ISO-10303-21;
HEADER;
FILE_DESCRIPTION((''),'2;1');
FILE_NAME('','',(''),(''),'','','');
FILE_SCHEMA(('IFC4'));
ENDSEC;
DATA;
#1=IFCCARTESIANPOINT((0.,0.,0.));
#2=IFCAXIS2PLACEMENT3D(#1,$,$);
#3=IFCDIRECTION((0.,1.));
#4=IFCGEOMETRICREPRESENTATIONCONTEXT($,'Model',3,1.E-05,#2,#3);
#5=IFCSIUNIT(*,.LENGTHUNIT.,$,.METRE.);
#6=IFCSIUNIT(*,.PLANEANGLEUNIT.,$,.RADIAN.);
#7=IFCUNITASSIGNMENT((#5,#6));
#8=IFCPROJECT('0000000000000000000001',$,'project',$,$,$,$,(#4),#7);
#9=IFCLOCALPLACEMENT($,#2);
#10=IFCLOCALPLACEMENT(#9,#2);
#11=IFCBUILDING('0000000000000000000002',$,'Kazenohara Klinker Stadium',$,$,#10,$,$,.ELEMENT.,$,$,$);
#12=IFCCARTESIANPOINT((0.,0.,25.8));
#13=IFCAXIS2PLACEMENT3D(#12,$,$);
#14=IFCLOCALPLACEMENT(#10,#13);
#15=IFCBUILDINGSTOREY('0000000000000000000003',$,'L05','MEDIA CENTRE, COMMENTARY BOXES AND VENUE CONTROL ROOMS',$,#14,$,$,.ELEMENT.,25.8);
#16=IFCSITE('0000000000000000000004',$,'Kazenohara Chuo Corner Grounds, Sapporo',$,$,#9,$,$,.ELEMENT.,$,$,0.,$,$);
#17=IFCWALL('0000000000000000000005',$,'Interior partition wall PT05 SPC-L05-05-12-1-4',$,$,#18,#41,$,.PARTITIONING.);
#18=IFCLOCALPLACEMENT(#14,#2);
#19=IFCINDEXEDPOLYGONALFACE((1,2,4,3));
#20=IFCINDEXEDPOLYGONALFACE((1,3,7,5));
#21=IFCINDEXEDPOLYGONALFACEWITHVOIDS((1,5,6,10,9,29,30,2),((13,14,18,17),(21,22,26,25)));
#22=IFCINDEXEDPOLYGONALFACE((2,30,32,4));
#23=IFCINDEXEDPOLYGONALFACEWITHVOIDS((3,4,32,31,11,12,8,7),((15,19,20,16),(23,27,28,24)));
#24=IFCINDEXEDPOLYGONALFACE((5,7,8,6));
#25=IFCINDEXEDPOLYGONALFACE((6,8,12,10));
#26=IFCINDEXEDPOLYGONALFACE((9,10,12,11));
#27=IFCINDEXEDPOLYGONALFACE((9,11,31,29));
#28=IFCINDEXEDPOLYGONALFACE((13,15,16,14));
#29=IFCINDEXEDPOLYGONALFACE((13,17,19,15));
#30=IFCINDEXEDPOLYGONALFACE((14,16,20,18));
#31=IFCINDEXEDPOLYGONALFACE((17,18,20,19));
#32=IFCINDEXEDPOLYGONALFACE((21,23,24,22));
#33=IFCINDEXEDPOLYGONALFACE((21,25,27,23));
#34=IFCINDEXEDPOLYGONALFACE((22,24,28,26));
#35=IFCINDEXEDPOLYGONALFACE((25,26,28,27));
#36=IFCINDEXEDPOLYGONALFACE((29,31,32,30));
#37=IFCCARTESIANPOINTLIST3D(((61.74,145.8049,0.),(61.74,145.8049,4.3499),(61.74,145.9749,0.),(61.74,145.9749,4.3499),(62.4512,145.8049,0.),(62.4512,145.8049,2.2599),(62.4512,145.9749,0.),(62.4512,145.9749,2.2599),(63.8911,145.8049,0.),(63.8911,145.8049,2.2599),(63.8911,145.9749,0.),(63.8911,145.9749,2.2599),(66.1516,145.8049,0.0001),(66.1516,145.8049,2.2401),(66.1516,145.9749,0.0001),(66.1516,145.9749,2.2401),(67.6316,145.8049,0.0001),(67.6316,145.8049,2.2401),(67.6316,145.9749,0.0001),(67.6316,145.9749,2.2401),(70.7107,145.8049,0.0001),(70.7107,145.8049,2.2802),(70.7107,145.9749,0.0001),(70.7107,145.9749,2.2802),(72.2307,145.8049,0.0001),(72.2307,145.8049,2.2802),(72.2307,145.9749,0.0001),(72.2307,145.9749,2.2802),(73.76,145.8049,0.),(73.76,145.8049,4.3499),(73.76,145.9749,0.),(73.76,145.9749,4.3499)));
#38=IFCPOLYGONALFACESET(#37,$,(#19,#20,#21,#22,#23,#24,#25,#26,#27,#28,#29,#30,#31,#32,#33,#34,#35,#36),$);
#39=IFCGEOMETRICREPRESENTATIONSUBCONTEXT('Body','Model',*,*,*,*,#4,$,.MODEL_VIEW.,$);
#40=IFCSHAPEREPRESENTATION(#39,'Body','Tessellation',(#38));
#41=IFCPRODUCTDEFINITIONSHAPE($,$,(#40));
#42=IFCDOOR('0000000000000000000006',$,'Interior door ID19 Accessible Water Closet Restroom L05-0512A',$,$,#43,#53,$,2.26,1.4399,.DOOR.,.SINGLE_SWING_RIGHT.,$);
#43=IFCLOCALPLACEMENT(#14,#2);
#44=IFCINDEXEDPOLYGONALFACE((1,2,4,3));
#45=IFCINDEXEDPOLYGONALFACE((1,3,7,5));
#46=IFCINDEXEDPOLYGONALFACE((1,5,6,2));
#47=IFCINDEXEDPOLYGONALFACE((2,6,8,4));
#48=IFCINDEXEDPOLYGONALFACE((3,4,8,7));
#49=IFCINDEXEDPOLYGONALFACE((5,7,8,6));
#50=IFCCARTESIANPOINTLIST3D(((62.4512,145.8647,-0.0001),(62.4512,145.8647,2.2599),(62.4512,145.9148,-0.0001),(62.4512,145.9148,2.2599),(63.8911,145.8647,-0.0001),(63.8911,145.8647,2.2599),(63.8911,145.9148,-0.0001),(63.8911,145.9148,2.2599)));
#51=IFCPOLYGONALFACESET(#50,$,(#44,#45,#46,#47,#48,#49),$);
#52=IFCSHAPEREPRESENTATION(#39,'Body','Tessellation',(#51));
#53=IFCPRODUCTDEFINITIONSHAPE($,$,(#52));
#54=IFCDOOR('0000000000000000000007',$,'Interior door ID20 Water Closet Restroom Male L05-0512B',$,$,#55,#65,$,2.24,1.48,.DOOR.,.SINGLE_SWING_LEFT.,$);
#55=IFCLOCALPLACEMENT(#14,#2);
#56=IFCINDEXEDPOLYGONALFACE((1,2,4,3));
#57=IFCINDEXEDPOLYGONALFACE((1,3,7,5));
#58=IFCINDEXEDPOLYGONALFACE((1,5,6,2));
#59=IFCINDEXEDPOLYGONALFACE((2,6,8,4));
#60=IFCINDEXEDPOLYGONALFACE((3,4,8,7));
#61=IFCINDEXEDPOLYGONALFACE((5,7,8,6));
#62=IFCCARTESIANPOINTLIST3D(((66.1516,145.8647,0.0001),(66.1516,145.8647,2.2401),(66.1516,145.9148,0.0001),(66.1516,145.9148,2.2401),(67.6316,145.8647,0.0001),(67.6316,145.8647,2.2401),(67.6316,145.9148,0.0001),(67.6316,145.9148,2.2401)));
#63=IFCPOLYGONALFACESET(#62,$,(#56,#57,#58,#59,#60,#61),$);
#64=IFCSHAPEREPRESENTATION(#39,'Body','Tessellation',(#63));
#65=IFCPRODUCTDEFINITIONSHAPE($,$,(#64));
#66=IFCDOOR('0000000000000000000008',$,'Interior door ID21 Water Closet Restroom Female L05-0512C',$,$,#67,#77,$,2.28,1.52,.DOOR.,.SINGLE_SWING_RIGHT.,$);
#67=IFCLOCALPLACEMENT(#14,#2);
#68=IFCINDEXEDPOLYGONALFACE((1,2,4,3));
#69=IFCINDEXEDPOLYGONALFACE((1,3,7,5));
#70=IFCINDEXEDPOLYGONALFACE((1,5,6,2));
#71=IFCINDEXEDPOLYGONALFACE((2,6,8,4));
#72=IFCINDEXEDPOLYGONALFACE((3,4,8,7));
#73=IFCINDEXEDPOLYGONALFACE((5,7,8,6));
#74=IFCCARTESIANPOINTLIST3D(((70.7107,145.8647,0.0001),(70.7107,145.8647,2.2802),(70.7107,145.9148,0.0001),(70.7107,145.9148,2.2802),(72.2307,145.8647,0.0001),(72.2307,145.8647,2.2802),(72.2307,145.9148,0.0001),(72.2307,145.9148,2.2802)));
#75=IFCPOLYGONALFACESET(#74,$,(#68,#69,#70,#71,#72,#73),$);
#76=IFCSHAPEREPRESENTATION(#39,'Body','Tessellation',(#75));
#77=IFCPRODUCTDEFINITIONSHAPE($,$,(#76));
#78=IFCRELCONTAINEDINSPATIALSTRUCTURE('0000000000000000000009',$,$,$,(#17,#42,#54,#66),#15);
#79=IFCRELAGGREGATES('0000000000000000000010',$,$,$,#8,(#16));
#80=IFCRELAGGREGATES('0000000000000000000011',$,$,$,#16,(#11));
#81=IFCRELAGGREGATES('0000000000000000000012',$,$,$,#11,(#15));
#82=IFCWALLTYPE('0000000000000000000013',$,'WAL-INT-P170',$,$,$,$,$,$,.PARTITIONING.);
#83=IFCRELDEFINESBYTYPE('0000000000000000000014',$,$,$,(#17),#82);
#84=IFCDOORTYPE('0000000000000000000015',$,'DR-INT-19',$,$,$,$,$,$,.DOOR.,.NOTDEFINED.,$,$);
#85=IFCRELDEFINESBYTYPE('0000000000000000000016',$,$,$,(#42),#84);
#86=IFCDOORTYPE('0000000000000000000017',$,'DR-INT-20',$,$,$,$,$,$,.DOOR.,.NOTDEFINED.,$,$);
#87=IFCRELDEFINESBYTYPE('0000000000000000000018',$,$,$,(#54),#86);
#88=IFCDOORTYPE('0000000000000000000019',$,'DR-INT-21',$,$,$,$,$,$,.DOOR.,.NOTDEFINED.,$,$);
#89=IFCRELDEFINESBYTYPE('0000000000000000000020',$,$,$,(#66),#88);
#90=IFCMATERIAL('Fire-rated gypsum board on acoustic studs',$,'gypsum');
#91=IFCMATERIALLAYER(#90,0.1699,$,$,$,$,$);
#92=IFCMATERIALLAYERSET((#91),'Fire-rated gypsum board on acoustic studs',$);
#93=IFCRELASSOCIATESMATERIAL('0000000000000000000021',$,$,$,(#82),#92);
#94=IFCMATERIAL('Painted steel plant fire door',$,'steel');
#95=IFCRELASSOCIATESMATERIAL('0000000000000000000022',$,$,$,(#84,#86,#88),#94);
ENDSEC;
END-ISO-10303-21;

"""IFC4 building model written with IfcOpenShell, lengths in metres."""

from ifc_helpers import new_model, si_unit, direction, frame, frame_2d, origin, place, context, subcontext, project, spatial, rectangle, extrude, material, layer, layer_set, type_object, element, fill, save


model = new_model("IFC4")

# Units and contexts
model_context = context("Model", 3, precision=1e-05, world=origin(), true_north=direction((0.0, 1.0)))
body_context = subcontext(model_context, "Body", "Model", "MODEL_VIEW")
ifc_project = project(units=[si_unit("LENGTHUNIT", "METRE"), si_unit("PLANEANGLEUNIT", "RADIAN")], contexts=[model_context])

# Site, building, storey
site_placement = place(None, origin())
site = spatial("IfcSite", under=ifc_project, at=site_placement, Name="Kazenohara Chuo Corner Grounds, Sapporo", CompositionType="ELEMENT", RefElevation=0.0)
building_placement = place(site_placement, origin())
building = spatial("IfcBuilding", under=site, at=building_placement, Name="Kazenohara Klinker Stadium", CompositionType="ELEMENT")
storey_placement = place(building_placement, frame((0.0, 0.0, 25.8)))
storey = spatial("IfcBuildingStorey", under=building, at=storey_placement, Name="L05", Description="MEDIA CENTRE, COMMENTARY BOXES AND VENUE CONTROL ROOMS", CompositionType="ELEMENT", Elevation=25.8)

# Shared definitions
ifc_material_1 = material(Name="Fire-rated gypsum board on acoustic studs", Category="gypsum")

# Wall, openings, doors
ifc_layer_1 = layer(ifc_material_1, 0.1699)
ifc_layer_set_1 = layer_set([ifc_layer_1], Name="Fire-rated gypsum board on acoustic studs")
wall_type_1 = type_object("IfcWallType", Name="WAL-INT-P170", PredefinedType="PARTITIONING", material=ifc_layer_set_1)
wall_1_placement = place(storey_placement, frame((61.74, 145.8899, 0.0), z_axis=(0.0, 0.0, 1.0), x_axis=(1.0, 0.0, 0.0)))
wall_1 = element("IfcWall", 1, at=wall_1_placement, inside=storey, type_object=wall_type_1, Name="Interior partition wall PT05 SPC-L05-05-12-1-4", PredefinedType="PARTITIONING", context=body_context, shape_type="SweptSolid", body=[
    extrude(rectangle(XDim=12.02, YDim=0.1699, at=frame_2d((6.01, 0.0))), origin(), (0.0, 0.0, 1.0), 4.3499),
])
opening_1_placement = place(wall_1_placement, frame((0.7112, 0.0, 0.0)))
opening_1 = element("IfcOpeningElement", 2, at=opening_1_placement, cuts=wall_1, PredefinedType="OPENING", context=body_context, shape_type="SweptSolid", body=[
    extrude(rectangle(XDim=1.4399, YDim=2.26, at=frame_2d((0.72, 1.1299))), frame((0.0, 0.095, 0.0), z_axis=(0.0, -1.0, 0.0), x_axis=(1.0, 0.0, 0.0)), (0.0, 0.0, 1.0), 0.1899),
])
opening_2_placement = place(wall_1_placement, frame((4.4116, 0.0, 0.0)))
opening_2 = element("IfcOpeningElement", 3, at=opening_2_placement, cuts=wall_1, PredefinedType="OPENING", context=body_context, shape_type="SweptSolid", body=[
    extrude(rectangle(XDim=1.48, YDim=2.24, at=frame_2d((0.74, 1.1201))), frame((0.0, 0.095, 0.0), z_axis=(0.0, -1.0, 0.0), x_axis=(1.0, 0.0, 0.0)), (0.0, 0.0, 1.0), 0.1899),
])
opening_3_placement = place(wall_1_placement, frame((8.9707, 0.0, 0.0)))
opening_3 = element("IfcOpeningElement", 4, at=opening_3_placement, cuts=wall_1, PredefinedType="OPENING", context=body_context, shape_type="SweptSolid", body=[
    extrude(rectangle(XDim=1.52, YDim=2.28, at=frame_2d((0.76, 1.1401))), frame((0.0, 0.095, 0.0), z_axis=(0.0, -1.0, 0.0), x_axis=(1.0, 0.0, 0.0)), (0.0, 0.0, 1.0), 0.1899),
])
ifc_material_2 = material(Name="Painted steel plant fire door", Category="steel")
door_type_1 = type_object("IfcDoorType", Name="DR-INT-19", OperationType="NOTDEFINED", PredefinedType="DOOR", material=ifc_material_2)
door_1_placement = place(opening_1_placement, origin())
door_1 = element("IfcDoor", 5, at=door_1_placement, inside=storey, type_object=door_type_1, Name="Interior door ID19 Accessible Water Closet Restroom L05-0512A", OperationType="SINGLE_SWING_RIGHT", OverallHeight=2.26, OverallWidth=1.4399, PredefinedType="DOOR", context=body_context, shape_type="SweptSolid", body=[
    extrude(rectangle(XDim=1.4399, YDim=2.26, at=frame_2d((0.72, 1.1299))), frame((0.0, 0.0249, 0.0), z_axis=(0.0, -1.0, 0.0), x_axis=(1.0, 0.0, 0.0)), (0.0, 0.0, 1.0), 0.05),
])
fill(opening_1, door_1)
door_type_2 = type_object("IfcDoorType", Name="DR-INT-20", OperationType="NOTDEFINED", PredefinedType="DOOR", material=ifc_material_2)
door_2_placement = place(opening_2_placement, origin())
door_2 = element("IfcDoor", 6, at=door_2_placement, inside=storey, type_object=door_type_2, Name="Interior door ID20 Water Closet Restroom Male L05-0512B", OperationType="SINGLE_SWING_LEFT", OverallHeight=2.24, OverallWidth=1.48, PredefinedType="DOOR", context=body_context, shape_type="SweptSolid", body=[
    extrude(rectangle(XDim=1.48, YDim=2.24, at=frame_2d((0.74, 1.1201))), frame((0.0, 0.0249, 0.0), z_axis=(0.0, -1.0, 0.0), x_axis=(1.0, 0.0, 0.0)), (0.0, 0.0, 1.0), 0.05),
])
fill(opening_2, door_2)
door_type_3 = type_object("IfcDoorType", Name="DR-INT-21", OperationType="NOTDEFINED", PredefinedType="DOOR", material=ifc_material_2)
door_3_placement = place(opening_3_placement, origin())
door_3 = element("IfcDoor", 7, at=door_3_placement, inside=storey, type_object=door_type_3, Name="Interior door ID21 Water Closet Restroom Female L05-0512C", OperationType="SINGLE_SWING_RIGHT", OverallHeight=2.28, OverallWidth=1.52, PredefinedType="DOOR", context=body_context, shape_type="SweptSolid", body=[
    extrude(rectangle(XDim=1.52, YDim=2.28, at=frame_2d((0.76, 1.1401))), frame((0.0, 0.0249, 0.0), z_axis=(0.0, -1.0, 0.0), x_axis=(1.0, 0.0, 0.0)), (0.0, 0.0, 1.0), 0.05),
])
fill(opening_3, door_3)

save(model, "model.ifc")
